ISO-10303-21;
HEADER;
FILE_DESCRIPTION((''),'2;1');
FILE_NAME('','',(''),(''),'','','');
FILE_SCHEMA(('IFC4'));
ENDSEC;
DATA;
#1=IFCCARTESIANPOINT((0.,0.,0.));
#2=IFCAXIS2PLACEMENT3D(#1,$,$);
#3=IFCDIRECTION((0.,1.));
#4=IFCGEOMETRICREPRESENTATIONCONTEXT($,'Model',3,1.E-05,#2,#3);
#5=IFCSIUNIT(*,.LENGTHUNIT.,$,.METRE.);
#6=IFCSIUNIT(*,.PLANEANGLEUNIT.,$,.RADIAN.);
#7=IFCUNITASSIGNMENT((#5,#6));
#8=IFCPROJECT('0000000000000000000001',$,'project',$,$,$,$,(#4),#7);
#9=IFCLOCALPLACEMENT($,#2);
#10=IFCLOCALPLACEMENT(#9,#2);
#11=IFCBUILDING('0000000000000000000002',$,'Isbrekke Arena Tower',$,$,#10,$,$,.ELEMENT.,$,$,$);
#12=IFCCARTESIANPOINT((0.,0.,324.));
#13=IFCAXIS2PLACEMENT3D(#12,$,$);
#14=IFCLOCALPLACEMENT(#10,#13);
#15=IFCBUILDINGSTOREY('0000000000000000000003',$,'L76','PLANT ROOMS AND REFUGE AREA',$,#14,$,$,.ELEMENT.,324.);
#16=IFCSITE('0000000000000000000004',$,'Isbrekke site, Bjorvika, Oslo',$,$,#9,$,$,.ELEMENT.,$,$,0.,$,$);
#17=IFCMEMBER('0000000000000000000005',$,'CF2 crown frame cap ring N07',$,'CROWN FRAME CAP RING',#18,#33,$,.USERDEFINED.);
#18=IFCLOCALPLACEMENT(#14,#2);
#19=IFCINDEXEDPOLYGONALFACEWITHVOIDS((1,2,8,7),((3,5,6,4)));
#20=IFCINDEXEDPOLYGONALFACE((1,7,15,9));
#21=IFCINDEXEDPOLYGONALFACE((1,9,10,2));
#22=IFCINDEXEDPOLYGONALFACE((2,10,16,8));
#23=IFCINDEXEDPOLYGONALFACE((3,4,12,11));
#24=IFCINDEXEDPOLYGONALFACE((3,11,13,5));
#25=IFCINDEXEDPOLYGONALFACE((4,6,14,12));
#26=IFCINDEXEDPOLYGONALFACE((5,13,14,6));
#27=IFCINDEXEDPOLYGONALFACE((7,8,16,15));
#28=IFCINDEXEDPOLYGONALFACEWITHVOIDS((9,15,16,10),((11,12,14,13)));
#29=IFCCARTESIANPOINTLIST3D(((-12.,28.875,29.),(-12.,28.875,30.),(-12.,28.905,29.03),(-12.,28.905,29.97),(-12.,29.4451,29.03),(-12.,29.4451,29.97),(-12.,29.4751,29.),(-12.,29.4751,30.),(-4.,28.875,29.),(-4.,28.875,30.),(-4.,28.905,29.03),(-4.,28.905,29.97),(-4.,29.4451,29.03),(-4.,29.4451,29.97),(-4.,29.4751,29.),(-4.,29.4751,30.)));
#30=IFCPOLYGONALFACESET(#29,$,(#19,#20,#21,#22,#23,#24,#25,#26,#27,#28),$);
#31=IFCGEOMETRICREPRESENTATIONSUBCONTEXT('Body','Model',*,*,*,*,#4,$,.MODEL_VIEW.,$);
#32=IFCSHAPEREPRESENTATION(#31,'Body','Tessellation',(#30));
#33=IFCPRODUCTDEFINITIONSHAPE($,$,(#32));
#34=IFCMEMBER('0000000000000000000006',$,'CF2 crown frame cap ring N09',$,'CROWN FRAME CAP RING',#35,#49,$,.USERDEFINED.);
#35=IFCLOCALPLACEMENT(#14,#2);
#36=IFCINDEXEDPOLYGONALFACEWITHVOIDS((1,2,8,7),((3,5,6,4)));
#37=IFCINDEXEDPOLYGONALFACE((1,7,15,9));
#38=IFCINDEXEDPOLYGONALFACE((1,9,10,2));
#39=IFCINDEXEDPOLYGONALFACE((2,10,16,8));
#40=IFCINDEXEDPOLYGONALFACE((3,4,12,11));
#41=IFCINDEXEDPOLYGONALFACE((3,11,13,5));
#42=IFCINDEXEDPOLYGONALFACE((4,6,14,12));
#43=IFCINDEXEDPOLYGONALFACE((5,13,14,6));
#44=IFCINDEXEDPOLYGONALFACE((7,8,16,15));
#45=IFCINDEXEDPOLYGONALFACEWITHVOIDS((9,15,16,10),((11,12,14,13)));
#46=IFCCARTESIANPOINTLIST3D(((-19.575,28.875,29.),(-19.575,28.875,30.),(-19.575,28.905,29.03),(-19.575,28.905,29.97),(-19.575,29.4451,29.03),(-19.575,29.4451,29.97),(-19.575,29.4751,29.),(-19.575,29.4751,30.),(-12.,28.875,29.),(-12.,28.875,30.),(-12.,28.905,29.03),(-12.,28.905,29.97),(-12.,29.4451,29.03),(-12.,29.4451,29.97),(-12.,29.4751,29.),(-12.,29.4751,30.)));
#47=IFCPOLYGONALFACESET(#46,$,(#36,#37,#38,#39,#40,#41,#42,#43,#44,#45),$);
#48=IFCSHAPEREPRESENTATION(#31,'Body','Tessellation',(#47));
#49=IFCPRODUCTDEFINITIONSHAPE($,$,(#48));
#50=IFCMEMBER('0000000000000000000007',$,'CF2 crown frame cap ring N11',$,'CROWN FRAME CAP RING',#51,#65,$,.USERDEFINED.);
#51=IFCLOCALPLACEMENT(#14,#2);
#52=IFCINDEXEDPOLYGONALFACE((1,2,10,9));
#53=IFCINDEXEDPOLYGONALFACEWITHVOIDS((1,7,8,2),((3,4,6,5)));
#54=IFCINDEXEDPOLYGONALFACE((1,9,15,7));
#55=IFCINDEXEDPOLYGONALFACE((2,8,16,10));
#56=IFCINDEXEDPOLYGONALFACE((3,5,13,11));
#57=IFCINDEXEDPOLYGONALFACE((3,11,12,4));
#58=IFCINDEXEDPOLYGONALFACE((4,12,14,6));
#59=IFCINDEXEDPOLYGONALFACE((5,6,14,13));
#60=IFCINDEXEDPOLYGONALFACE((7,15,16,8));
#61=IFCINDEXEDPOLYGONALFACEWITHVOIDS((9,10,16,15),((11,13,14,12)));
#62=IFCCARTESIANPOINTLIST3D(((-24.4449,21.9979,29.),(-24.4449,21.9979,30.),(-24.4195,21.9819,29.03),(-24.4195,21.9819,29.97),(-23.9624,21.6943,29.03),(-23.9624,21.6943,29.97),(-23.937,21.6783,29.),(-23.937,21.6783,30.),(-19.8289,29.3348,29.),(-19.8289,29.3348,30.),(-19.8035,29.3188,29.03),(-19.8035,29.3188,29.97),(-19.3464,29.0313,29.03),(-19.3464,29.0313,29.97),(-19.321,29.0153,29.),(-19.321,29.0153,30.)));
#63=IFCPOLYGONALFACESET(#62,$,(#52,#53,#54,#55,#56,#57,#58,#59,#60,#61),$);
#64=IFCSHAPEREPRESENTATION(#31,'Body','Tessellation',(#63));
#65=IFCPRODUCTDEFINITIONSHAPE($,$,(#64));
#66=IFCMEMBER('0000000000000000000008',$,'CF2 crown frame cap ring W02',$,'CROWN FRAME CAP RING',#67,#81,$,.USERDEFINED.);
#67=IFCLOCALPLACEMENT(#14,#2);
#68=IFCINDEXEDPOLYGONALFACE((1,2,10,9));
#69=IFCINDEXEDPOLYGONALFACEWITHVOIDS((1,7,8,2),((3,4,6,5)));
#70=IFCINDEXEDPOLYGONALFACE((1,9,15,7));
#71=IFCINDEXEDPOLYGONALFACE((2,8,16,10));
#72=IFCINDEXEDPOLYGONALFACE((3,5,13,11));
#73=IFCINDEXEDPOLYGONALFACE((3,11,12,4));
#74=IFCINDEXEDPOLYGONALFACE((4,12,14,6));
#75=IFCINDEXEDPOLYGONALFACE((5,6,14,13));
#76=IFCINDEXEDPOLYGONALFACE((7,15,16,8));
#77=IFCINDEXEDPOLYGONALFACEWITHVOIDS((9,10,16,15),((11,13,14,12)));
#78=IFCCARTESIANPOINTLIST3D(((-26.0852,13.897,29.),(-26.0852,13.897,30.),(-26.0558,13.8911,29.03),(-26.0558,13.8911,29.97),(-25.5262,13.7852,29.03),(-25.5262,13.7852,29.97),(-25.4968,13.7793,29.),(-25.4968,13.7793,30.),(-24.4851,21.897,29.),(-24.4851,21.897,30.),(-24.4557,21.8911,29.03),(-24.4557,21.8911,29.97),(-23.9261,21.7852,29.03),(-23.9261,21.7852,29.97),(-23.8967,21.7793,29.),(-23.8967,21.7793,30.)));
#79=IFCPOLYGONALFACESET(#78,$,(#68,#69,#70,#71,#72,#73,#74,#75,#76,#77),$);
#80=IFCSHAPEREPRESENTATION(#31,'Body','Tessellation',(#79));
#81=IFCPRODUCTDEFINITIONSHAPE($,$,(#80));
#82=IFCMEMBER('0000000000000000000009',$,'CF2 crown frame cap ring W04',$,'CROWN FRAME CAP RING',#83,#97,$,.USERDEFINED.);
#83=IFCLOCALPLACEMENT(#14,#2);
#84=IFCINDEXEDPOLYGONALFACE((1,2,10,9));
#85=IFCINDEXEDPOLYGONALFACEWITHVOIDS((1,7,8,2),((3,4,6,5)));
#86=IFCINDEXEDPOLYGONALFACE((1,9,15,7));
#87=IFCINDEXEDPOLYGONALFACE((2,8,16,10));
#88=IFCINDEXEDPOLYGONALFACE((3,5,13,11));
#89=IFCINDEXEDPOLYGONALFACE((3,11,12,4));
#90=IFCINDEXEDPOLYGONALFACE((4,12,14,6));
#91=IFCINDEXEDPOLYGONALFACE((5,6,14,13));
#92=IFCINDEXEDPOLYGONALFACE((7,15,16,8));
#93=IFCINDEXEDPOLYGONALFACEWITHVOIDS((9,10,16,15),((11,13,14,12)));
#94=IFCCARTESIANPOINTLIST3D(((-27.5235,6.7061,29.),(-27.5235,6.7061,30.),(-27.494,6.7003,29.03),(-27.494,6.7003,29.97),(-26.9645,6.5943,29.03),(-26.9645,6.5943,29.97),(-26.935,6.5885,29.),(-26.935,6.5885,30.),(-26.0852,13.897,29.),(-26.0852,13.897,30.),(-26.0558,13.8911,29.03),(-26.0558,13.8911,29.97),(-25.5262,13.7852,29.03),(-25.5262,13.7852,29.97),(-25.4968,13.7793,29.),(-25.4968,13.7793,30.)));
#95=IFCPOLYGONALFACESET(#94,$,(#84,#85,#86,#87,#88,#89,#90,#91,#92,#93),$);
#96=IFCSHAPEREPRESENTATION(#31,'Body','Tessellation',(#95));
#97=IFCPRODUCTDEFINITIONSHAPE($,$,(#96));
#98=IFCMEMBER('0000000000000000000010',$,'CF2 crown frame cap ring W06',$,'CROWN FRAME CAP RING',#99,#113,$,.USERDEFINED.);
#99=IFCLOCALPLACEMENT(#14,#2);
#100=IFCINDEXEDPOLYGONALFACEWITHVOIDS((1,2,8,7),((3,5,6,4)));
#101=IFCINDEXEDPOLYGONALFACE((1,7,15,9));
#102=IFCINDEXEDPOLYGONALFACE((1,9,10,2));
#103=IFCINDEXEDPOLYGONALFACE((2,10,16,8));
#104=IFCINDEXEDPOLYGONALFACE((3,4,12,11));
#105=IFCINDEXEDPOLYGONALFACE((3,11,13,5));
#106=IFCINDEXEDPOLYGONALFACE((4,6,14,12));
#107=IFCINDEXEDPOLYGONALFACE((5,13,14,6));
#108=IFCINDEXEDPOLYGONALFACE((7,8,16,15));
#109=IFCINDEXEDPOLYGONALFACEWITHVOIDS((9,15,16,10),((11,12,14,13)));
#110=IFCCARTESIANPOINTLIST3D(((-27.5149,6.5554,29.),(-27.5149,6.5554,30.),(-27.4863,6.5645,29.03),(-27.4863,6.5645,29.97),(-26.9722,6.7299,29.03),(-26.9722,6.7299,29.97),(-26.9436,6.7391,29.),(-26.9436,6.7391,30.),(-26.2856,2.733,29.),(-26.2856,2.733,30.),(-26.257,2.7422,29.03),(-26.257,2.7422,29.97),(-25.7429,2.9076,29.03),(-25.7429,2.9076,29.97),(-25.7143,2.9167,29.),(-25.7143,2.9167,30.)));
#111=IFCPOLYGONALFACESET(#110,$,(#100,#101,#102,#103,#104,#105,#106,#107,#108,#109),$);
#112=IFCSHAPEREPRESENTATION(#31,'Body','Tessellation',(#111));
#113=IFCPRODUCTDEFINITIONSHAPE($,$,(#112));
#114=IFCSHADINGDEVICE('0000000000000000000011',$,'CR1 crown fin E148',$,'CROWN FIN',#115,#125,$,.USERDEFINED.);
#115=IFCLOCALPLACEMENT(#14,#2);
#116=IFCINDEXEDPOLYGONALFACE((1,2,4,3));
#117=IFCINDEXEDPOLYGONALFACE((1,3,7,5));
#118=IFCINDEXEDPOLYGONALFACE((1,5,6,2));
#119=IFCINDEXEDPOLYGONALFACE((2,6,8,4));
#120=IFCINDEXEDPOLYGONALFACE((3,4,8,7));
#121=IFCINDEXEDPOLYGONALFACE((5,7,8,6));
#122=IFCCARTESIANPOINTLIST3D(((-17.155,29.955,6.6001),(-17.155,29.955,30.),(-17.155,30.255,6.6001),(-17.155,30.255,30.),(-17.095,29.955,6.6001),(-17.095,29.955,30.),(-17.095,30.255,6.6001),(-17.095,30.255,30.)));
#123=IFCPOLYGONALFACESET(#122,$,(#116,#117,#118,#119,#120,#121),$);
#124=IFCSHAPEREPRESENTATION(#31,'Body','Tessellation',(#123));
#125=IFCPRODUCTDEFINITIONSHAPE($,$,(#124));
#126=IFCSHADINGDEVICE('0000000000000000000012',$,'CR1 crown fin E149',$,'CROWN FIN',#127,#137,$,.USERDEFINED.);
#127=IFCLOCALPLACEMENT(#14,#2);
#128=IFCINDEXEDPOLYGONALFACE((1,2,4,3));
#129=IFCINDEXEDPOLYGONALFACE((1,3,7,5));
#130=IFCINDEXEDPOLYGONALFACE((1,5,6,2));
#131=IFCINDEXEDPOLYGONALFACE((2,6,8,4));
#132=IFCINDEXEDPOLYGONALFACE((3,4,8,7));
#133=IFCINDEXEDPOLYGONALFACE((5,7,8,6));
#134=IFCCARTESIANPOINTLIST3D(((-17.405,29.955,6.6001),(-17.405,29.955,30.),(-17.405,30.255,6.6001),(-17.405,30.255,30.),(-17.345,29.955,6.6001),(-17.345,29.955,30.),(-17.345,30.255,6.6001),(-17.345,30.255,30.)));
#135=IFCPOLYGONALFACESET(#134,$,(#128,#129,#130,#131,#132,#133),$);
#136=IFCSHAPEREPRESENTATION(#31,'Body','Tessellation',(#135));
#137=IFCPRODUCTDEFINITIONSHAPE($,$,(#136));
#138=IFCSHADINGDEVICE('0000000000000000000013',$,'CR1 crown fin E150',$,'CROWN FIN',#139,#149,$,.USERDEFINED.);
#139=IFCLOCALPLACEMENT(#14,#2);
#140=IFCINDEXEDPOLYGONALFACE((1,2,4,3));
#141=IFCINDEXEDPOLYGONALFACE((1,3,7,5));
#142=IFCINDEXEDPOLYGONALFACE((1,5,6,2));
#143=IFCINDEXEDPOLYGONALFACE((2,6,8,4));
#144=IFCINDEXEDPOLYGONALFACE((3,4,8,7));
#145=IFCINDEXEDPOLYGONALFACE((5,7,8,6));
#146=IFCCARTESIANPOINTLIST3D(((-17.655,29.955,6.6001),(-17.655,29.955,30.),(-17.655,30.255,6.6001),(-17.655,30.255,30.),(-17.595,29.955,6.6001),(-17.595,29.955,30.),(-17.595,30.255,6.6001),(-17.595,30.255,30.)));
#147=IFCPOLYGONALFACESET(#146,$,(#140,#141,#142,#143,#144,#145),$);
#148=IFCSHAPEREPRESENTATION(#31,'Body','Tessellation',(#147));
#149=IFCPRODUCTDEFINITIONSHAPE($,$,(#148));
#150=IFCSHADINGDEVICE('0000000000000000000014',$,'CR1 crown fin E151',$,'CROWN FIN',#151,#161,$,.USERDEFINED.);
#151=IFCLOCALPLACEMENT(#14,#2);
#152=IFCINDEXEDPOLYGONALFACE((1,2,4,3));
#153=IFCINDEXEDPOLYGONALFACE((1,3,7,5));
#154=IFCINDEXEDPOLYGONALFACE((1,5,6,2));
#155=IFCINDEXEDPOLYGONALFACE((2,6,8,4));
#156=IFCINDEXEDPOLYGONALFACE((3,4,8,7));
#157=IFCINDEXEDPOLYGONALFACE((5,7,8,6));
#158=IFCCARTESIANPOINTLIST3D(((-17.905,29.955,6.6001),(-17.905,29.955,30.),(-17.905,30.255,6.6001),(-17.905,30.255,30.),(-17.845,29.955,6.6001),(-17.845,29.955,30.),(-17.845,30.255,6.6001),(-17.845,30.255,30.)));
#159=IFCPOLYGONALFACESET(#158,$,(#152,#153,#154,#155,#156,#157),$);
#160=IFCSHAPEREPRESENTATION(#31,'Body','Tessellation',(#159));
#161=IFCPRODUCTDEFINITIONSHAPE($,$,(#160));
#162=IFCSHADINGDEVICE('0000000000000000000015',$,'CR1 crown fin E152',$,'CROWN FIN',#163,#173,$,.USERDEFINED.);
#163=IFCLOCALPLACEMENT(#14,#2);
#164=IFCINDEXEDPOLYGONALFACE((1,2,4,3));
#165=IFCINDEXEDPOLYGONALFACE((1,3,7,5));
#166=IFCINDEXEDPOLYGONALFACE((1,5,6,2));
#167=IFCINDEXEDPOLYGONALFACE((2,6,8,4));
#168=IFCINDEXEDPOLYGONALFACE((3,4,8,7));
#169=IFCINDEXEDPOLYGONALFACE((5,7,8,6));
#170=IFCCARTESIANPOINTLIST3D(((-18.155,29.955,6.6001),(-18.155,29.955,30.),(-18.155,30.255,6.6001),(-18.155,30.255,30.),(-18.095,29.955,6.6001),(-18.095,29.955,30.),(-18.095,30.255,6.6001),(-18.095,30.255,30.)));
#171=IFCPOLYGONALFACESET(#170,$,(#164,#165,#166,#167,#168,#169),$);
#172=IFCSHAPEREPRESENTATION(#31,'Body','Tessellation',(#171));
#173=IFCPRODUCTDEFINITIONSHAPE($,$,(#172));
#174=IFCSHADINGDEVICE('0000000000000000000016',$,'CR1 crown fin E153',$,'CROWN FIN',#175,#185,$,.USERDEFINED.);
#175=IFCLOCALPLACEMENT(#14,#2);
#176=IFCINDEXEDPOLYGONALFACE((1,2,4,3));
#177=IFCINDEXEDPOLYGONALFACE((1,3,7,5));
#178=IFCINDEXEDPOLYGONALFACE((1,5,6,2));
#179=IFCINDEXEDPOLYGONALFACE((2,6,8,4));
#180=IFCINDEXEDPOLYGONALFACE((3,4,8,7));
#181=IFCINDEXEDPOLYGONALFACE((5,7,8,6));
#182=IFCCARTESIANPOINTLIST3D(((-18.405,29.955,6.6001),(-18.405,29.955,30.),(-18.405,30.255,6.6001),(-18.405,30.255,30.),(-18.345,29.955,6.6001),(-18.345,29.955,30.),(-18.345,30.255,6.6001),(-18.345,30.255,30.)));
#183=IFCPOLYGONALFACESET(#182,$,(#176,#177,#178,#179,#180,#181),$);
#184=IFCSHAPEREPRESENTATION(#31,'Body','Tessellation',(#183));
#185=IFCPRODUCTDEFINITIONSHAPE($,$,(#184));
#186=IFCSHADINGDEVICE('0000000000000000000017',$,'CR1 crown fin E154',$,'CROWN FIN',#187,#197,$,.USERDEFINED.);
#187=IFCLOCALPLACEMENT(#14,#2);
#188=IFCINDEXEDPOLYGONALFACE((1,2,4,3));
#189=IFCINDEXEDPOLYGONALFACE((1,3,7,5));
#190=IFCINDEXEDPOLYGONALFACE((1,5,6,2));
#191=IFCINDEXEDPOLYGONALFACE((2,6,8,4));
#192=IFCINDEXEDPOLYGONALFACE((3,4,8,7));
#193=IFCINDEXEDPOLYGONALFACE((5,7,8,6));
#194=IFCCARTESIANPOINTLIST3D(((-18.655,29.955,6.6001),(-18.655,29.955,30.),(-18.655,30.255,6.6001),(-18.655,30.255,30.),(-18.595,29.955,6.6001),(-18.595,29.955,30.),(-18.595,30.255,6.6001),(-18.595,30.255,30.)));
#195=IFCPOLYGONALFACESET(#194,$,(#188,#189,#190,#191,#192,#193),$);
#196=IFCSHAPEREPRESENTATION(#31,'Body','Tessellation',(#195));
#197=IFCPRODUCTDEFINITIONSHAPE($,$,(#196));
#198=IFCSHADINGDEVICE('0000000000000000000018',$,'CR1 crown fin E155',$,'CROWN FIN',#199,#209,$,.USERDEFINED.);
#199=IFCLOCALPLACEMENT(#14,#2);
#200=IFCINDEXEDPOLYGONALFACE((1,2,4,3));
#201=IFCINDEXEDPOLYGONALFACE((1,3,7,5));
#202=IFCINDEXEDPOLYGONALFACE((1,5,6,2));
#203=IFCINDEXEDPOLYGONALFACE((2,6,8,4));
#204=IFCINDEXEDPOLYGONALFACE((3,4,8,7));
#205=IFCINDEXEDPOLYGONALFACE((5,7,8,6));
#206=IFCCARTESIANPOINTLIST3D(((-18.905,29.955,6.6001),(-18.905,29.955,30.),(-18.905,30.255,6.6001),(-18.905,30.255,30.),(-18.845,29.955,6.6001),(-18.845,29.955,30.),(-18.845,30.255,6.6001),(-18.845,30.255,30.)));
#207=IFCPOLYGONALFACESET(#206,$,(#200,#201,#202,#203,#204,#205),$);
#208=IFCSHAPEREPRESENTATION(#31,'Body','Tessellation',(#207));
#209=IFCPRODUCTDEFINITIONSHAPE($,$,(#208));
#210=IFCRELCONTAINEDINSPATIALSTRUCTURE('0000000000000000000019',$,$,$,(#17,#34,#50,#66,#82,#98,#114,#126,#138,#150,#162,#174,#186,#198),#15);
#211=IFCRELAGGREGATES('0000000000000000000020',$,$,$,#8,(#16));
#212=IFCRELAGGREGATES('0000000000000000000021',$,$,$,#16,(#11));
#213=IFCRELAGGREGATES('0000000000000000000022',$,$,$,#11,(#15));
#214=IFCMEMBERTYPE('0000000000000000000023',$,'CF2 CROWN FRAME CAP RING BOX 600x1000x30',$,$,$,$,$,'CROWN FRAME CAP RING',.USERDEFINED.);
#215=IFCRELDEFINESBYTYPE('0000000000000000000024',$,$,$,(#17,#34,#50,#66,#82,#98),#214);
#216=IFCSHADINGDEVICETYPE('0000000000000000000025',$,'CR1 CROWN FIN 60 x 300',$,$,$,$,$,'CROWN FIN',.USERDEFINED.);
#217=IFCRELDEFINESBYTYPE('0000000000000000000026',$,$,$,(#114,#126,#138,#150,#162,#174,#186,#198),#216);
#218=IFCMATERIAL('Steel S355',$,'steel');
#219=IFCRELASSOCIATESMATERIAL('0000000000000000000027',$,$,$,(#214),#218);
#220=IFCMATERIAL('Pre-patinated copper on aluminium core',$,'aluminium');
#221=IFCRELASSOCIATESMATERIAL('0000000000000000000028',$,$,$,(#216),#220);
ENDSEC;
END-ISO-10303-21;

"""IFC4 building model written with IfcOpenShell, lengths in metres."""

from ifc_helpers import new_model, si_unit, direction, frame, origin, origin_2d, place, context, subcontext, project, spatial, rectangle, hollow_rectangle, extrude, material, material_profile, profile_set, type_object, element, save


model = new_model("IFC4")

# Units and contexts
model_context = context("Model", 3, precision=1e-05, world=origin(), true_north=direction((0.0, 1.0)))
body_context = subcontext(model_context, "Body", "Model", "MODEL_VIEW")
ifc_project = project(units=[si_unit("LENGTHUNIT", "METRE"), si_unit("PLANEANGLEUNIT", "RADIAN")], contexts=[model_context])

# Site, building, storey
site_placement = place(None, origin())
site = spatial("IfcSite", under=ifc_project, at=site_placement, Name="Isbrekke site, Bjorvika, Oslo", CompositionType="ELEMENT", RefElevation=0.0)
building_placement = place(site_placement, origin())
building = spatial("IfcBuilding", under=site, at=building_placement, Name="Isbrekke Arena Tower", CompositionType="ELEMENT")
storey_placement = place(building_placement, frame((0.0, 0.0, 324.0)))
storey = spatial("IfcBuildingStorey", under=building, at=storey_placement, Name="L76", Description="PLANT ROOMS AND REFUGE AREA", CompositionType="ELEMENT", Elevation=324.0)

# Members
ifc_material_1 = material(Name="Steel S355", Category="steel")
ifc_material_profile_1 = material_profile(ifc_material_1, hollow_rectangle(XDim=0.6001, YDim=1.0, WallThickness=0.03, at=origin_2d()), Name="BOX 600x1000x30")
ifc_profile_set_1 = profile_set([ifc_material_profile_1], Name="Steel S355")
member_type = type_object("IfcMemberType", Name="CF2 CROWN FRAME CAP RING BOX 600x1000x30", ElementType="CROWN FRAME CAP RING", PredefinedType="USERDEFINED", material=ifc_profile_set_1)
member_1_placement = place(storey_placement, frame((-4.0, 29.175, 29.5), z_axis=(-1.0, 0.0, 0.0), x_axis=(0.0, -1.0, 0.0)))
element("IfcMember", 1, at=member_1_placement, inside=storey, type_object=member_type, Name="CF2 crown frame cap ring N07", ObjectType="CROWN FRAME CAP RING", PredefinedType="USERDEFINED", context=body_context, shape_type="SweptSolid", body=[
    extrude(hollow_rectangle(XDim=0.6001, YDim=1.0, WallThickness=0.03, at=origin_2d()), origin(), (0.0, 0.0, 1.0), 8.0),
])
member_2_placement = place(storey_placement, frame((-12.0, 29.175, 29.5), z_axis=(-1.0, 0.0, 0.0), x_axis=(0.0, -1.0, 0.0)))
element("IfcMember", 2, at=member_2_placement, inside=storey, type_object=member_type, Name="CF2 crown frame cap ring N09", ObjectType="CROWN FRAME CAP RING", PredefinedType="USERDEFINED", context=body_context, shape_type="SweptSolid", body=[
    extrude(hollow_rectangle(XDim=0.6001, YDim=1.0, WallThickness=0.03, at=origin_2d()), origin(), (0.0, 0.0, 1.0), 7.575),
])
member_3_placement = place(storey_placement, frame((-19.575, 29.175, 29.5), z_axis=(-0.532518, -0.846419, 0.0), x_axis=(0.846419, -0.532518, 0.0)))
element("IfcMember", 3, at=member_3_placement, inside=storey, type_object=member_type, Name="CF2 crown frame cap ring N11", ObjectType="CROWN FRAME CAP RING", PredefinedType="USERDEFINED", context=body_context, shape_type="SweptSolid", body=[
    extrude(hollow_rectangle(XDim=0.6001, YDim=1.0, WallThickness=0.03, at=origin_2d()), origin(), (0.0, 0.0, 1.0), 8.6682),
])
member_4_placement = place(storey_placement, frame((-24.1909, 21.8381, 29.5), z_axis=(-0.196128, -0.980578, 0.0), x_axis=(0.980578, -0.196128, 0.0)))
element("IfcMember", 4, at=member_4_placement, inside=storey, type_object=member_type, Name="CF2 crown frame cap ring W02", ObjectType="CROWN FRAME CAP RING", PredefinedType="USERDEFINED", context=body_context, shape_type="SweptSolid", body=[
    extrude(hollow_rectangle(XDim=0.6001, YDim=1.0, WallThickness=0.03, at=origin_2d()), origin(), (0.0, 0.0, 1.0), 8.1584),
])
member_5_placement = place(storey_placement, frame((-25.791, 13.8381, 29.5), z_axis=(-0.196123, -0.980579, 0.0), x_axis=(0.980579, -0.196123, 0.0)))
element("IfcMember", 5, at=member_5_placement, inside=storey, type_object=member_type, Name="CF2 crown frame cap ring W04", ObjectType="CROWN FRAME CAP RING", PredefinedType="USERDEFINED", context=body_context, shape_type="SweptSolid", body=[
    extrude(hollow_rectangle(XDim=0.6001, YDim=1.0, WallThickness=0.03, at=origin_2d()), origin(), (0.0, 0.0, 1.0), 7.3333),
])
member_6_placement = place(storey_placement, frame((-27.2292, 6.6472, 29.5), z_axis=(0.306159, -0.95198, 0.0), x_axis=(0.95198, 0.306159, 0.0)))
element("IfcMember", 6, at=member_6_placement, inside=storey, type_object=member_type, Name="CF2 crown frame cap ring W06", ObjectType="CROWN FRAME CAP RING", PredefinedType="USERDEFINED", context=body_context, shape_type="SweptSolid", body=[
    extrude(hollow_rectangle(XDim=0.6001, YDim=1.0, WallThickness=0.03, at=origin_2d()), origin(), (0.0, 0.0, 1.0), 4.0151),
])

# Shading devices
ifc_material_2 = material(Name="Pre-patinated copper on aluminium core", Category="aluminium")
ifc_material_profile_2 = material_profile(ifc_material_2, rectangle(XDim=0.0601, YDim=0.3, at=origin_2d()), Name="FIN 60X300")
ifc_profile_set_2 = profile_set([ifc_material_profile_2], Name="Pre-patinated copper on aluminium core")
shading_device_type = type_object("IfcShadingDeviceType", Name="CR1 CROWN FIN 60 x 300", ElementType="CROWN FIN", PredefinedType="USERDEFINED", material=ifc_profile_set_2)
for number, where, z_axis, x_axis, name in (
    (7, (-17.125, 30.105, 6.6001), (0.0, 0.0, 1.0), (-1.0, 0.0, 0.0), "CR1 crown fin E148"),
    (8, (-17.375, 30.105, 6.6001), (0.0, 0.0, 1.0), (-1.0, 0.0, 0.0), "CR1 crown fin E149"),
    (9, (-17.625, 30.105, 6.6001), (0.0, 0.0, 1.0), (-1.0, 0.0, 0.0), "CR1 crown fin E150"),
    (10, (-17.875, 30.105, 6.6001), (0.0, 0.0, 1.0), (-1.0, 0.0, 0.0), "CR1 crown fin E151"),
    (11, (-18.125, 30.105, 6.6001), (0.0, 0.0, 1.0), (-1.0, 0.0, 0.0), "CR1 crown fin E152"),
    (12, (-18.375, 30.105, 6.6001), (0.0, 0.0, 1.0), (-1.0, 0.0, 0.0), "CR1 crown fin E153"),
    (13, (-18.625, 30.105, 6.6001), (0.0, 0.0, 1.0), (-1.0, 0.0, 0.0), "CR1 crown fin E154"),
    (14, (-18.875, 30.105, 6.6001), (0.0, 0.0, 1.0), (-1.0, 0.0, 0.0), "CR1 crown fin E155"),
):
    element("IfcShadingDevice", number, at=place(storey_placement, frame(where, z_axis=z_axis, x_axis=x_axis)), inside=storey, type_object=shading_device_type, Name=name, ObjectType="CROWN FIN", PredefinedType="USERDEFINED", context=body_context, shape_type="SweptSolid", body=[
        extrude(rectangle(XDim=0.0601, YDim=0.3, at=origin_2d()), origin(), (0.0, 0.0, 1.0), 23.3999),
    ])

save(model, "model.ifc")
